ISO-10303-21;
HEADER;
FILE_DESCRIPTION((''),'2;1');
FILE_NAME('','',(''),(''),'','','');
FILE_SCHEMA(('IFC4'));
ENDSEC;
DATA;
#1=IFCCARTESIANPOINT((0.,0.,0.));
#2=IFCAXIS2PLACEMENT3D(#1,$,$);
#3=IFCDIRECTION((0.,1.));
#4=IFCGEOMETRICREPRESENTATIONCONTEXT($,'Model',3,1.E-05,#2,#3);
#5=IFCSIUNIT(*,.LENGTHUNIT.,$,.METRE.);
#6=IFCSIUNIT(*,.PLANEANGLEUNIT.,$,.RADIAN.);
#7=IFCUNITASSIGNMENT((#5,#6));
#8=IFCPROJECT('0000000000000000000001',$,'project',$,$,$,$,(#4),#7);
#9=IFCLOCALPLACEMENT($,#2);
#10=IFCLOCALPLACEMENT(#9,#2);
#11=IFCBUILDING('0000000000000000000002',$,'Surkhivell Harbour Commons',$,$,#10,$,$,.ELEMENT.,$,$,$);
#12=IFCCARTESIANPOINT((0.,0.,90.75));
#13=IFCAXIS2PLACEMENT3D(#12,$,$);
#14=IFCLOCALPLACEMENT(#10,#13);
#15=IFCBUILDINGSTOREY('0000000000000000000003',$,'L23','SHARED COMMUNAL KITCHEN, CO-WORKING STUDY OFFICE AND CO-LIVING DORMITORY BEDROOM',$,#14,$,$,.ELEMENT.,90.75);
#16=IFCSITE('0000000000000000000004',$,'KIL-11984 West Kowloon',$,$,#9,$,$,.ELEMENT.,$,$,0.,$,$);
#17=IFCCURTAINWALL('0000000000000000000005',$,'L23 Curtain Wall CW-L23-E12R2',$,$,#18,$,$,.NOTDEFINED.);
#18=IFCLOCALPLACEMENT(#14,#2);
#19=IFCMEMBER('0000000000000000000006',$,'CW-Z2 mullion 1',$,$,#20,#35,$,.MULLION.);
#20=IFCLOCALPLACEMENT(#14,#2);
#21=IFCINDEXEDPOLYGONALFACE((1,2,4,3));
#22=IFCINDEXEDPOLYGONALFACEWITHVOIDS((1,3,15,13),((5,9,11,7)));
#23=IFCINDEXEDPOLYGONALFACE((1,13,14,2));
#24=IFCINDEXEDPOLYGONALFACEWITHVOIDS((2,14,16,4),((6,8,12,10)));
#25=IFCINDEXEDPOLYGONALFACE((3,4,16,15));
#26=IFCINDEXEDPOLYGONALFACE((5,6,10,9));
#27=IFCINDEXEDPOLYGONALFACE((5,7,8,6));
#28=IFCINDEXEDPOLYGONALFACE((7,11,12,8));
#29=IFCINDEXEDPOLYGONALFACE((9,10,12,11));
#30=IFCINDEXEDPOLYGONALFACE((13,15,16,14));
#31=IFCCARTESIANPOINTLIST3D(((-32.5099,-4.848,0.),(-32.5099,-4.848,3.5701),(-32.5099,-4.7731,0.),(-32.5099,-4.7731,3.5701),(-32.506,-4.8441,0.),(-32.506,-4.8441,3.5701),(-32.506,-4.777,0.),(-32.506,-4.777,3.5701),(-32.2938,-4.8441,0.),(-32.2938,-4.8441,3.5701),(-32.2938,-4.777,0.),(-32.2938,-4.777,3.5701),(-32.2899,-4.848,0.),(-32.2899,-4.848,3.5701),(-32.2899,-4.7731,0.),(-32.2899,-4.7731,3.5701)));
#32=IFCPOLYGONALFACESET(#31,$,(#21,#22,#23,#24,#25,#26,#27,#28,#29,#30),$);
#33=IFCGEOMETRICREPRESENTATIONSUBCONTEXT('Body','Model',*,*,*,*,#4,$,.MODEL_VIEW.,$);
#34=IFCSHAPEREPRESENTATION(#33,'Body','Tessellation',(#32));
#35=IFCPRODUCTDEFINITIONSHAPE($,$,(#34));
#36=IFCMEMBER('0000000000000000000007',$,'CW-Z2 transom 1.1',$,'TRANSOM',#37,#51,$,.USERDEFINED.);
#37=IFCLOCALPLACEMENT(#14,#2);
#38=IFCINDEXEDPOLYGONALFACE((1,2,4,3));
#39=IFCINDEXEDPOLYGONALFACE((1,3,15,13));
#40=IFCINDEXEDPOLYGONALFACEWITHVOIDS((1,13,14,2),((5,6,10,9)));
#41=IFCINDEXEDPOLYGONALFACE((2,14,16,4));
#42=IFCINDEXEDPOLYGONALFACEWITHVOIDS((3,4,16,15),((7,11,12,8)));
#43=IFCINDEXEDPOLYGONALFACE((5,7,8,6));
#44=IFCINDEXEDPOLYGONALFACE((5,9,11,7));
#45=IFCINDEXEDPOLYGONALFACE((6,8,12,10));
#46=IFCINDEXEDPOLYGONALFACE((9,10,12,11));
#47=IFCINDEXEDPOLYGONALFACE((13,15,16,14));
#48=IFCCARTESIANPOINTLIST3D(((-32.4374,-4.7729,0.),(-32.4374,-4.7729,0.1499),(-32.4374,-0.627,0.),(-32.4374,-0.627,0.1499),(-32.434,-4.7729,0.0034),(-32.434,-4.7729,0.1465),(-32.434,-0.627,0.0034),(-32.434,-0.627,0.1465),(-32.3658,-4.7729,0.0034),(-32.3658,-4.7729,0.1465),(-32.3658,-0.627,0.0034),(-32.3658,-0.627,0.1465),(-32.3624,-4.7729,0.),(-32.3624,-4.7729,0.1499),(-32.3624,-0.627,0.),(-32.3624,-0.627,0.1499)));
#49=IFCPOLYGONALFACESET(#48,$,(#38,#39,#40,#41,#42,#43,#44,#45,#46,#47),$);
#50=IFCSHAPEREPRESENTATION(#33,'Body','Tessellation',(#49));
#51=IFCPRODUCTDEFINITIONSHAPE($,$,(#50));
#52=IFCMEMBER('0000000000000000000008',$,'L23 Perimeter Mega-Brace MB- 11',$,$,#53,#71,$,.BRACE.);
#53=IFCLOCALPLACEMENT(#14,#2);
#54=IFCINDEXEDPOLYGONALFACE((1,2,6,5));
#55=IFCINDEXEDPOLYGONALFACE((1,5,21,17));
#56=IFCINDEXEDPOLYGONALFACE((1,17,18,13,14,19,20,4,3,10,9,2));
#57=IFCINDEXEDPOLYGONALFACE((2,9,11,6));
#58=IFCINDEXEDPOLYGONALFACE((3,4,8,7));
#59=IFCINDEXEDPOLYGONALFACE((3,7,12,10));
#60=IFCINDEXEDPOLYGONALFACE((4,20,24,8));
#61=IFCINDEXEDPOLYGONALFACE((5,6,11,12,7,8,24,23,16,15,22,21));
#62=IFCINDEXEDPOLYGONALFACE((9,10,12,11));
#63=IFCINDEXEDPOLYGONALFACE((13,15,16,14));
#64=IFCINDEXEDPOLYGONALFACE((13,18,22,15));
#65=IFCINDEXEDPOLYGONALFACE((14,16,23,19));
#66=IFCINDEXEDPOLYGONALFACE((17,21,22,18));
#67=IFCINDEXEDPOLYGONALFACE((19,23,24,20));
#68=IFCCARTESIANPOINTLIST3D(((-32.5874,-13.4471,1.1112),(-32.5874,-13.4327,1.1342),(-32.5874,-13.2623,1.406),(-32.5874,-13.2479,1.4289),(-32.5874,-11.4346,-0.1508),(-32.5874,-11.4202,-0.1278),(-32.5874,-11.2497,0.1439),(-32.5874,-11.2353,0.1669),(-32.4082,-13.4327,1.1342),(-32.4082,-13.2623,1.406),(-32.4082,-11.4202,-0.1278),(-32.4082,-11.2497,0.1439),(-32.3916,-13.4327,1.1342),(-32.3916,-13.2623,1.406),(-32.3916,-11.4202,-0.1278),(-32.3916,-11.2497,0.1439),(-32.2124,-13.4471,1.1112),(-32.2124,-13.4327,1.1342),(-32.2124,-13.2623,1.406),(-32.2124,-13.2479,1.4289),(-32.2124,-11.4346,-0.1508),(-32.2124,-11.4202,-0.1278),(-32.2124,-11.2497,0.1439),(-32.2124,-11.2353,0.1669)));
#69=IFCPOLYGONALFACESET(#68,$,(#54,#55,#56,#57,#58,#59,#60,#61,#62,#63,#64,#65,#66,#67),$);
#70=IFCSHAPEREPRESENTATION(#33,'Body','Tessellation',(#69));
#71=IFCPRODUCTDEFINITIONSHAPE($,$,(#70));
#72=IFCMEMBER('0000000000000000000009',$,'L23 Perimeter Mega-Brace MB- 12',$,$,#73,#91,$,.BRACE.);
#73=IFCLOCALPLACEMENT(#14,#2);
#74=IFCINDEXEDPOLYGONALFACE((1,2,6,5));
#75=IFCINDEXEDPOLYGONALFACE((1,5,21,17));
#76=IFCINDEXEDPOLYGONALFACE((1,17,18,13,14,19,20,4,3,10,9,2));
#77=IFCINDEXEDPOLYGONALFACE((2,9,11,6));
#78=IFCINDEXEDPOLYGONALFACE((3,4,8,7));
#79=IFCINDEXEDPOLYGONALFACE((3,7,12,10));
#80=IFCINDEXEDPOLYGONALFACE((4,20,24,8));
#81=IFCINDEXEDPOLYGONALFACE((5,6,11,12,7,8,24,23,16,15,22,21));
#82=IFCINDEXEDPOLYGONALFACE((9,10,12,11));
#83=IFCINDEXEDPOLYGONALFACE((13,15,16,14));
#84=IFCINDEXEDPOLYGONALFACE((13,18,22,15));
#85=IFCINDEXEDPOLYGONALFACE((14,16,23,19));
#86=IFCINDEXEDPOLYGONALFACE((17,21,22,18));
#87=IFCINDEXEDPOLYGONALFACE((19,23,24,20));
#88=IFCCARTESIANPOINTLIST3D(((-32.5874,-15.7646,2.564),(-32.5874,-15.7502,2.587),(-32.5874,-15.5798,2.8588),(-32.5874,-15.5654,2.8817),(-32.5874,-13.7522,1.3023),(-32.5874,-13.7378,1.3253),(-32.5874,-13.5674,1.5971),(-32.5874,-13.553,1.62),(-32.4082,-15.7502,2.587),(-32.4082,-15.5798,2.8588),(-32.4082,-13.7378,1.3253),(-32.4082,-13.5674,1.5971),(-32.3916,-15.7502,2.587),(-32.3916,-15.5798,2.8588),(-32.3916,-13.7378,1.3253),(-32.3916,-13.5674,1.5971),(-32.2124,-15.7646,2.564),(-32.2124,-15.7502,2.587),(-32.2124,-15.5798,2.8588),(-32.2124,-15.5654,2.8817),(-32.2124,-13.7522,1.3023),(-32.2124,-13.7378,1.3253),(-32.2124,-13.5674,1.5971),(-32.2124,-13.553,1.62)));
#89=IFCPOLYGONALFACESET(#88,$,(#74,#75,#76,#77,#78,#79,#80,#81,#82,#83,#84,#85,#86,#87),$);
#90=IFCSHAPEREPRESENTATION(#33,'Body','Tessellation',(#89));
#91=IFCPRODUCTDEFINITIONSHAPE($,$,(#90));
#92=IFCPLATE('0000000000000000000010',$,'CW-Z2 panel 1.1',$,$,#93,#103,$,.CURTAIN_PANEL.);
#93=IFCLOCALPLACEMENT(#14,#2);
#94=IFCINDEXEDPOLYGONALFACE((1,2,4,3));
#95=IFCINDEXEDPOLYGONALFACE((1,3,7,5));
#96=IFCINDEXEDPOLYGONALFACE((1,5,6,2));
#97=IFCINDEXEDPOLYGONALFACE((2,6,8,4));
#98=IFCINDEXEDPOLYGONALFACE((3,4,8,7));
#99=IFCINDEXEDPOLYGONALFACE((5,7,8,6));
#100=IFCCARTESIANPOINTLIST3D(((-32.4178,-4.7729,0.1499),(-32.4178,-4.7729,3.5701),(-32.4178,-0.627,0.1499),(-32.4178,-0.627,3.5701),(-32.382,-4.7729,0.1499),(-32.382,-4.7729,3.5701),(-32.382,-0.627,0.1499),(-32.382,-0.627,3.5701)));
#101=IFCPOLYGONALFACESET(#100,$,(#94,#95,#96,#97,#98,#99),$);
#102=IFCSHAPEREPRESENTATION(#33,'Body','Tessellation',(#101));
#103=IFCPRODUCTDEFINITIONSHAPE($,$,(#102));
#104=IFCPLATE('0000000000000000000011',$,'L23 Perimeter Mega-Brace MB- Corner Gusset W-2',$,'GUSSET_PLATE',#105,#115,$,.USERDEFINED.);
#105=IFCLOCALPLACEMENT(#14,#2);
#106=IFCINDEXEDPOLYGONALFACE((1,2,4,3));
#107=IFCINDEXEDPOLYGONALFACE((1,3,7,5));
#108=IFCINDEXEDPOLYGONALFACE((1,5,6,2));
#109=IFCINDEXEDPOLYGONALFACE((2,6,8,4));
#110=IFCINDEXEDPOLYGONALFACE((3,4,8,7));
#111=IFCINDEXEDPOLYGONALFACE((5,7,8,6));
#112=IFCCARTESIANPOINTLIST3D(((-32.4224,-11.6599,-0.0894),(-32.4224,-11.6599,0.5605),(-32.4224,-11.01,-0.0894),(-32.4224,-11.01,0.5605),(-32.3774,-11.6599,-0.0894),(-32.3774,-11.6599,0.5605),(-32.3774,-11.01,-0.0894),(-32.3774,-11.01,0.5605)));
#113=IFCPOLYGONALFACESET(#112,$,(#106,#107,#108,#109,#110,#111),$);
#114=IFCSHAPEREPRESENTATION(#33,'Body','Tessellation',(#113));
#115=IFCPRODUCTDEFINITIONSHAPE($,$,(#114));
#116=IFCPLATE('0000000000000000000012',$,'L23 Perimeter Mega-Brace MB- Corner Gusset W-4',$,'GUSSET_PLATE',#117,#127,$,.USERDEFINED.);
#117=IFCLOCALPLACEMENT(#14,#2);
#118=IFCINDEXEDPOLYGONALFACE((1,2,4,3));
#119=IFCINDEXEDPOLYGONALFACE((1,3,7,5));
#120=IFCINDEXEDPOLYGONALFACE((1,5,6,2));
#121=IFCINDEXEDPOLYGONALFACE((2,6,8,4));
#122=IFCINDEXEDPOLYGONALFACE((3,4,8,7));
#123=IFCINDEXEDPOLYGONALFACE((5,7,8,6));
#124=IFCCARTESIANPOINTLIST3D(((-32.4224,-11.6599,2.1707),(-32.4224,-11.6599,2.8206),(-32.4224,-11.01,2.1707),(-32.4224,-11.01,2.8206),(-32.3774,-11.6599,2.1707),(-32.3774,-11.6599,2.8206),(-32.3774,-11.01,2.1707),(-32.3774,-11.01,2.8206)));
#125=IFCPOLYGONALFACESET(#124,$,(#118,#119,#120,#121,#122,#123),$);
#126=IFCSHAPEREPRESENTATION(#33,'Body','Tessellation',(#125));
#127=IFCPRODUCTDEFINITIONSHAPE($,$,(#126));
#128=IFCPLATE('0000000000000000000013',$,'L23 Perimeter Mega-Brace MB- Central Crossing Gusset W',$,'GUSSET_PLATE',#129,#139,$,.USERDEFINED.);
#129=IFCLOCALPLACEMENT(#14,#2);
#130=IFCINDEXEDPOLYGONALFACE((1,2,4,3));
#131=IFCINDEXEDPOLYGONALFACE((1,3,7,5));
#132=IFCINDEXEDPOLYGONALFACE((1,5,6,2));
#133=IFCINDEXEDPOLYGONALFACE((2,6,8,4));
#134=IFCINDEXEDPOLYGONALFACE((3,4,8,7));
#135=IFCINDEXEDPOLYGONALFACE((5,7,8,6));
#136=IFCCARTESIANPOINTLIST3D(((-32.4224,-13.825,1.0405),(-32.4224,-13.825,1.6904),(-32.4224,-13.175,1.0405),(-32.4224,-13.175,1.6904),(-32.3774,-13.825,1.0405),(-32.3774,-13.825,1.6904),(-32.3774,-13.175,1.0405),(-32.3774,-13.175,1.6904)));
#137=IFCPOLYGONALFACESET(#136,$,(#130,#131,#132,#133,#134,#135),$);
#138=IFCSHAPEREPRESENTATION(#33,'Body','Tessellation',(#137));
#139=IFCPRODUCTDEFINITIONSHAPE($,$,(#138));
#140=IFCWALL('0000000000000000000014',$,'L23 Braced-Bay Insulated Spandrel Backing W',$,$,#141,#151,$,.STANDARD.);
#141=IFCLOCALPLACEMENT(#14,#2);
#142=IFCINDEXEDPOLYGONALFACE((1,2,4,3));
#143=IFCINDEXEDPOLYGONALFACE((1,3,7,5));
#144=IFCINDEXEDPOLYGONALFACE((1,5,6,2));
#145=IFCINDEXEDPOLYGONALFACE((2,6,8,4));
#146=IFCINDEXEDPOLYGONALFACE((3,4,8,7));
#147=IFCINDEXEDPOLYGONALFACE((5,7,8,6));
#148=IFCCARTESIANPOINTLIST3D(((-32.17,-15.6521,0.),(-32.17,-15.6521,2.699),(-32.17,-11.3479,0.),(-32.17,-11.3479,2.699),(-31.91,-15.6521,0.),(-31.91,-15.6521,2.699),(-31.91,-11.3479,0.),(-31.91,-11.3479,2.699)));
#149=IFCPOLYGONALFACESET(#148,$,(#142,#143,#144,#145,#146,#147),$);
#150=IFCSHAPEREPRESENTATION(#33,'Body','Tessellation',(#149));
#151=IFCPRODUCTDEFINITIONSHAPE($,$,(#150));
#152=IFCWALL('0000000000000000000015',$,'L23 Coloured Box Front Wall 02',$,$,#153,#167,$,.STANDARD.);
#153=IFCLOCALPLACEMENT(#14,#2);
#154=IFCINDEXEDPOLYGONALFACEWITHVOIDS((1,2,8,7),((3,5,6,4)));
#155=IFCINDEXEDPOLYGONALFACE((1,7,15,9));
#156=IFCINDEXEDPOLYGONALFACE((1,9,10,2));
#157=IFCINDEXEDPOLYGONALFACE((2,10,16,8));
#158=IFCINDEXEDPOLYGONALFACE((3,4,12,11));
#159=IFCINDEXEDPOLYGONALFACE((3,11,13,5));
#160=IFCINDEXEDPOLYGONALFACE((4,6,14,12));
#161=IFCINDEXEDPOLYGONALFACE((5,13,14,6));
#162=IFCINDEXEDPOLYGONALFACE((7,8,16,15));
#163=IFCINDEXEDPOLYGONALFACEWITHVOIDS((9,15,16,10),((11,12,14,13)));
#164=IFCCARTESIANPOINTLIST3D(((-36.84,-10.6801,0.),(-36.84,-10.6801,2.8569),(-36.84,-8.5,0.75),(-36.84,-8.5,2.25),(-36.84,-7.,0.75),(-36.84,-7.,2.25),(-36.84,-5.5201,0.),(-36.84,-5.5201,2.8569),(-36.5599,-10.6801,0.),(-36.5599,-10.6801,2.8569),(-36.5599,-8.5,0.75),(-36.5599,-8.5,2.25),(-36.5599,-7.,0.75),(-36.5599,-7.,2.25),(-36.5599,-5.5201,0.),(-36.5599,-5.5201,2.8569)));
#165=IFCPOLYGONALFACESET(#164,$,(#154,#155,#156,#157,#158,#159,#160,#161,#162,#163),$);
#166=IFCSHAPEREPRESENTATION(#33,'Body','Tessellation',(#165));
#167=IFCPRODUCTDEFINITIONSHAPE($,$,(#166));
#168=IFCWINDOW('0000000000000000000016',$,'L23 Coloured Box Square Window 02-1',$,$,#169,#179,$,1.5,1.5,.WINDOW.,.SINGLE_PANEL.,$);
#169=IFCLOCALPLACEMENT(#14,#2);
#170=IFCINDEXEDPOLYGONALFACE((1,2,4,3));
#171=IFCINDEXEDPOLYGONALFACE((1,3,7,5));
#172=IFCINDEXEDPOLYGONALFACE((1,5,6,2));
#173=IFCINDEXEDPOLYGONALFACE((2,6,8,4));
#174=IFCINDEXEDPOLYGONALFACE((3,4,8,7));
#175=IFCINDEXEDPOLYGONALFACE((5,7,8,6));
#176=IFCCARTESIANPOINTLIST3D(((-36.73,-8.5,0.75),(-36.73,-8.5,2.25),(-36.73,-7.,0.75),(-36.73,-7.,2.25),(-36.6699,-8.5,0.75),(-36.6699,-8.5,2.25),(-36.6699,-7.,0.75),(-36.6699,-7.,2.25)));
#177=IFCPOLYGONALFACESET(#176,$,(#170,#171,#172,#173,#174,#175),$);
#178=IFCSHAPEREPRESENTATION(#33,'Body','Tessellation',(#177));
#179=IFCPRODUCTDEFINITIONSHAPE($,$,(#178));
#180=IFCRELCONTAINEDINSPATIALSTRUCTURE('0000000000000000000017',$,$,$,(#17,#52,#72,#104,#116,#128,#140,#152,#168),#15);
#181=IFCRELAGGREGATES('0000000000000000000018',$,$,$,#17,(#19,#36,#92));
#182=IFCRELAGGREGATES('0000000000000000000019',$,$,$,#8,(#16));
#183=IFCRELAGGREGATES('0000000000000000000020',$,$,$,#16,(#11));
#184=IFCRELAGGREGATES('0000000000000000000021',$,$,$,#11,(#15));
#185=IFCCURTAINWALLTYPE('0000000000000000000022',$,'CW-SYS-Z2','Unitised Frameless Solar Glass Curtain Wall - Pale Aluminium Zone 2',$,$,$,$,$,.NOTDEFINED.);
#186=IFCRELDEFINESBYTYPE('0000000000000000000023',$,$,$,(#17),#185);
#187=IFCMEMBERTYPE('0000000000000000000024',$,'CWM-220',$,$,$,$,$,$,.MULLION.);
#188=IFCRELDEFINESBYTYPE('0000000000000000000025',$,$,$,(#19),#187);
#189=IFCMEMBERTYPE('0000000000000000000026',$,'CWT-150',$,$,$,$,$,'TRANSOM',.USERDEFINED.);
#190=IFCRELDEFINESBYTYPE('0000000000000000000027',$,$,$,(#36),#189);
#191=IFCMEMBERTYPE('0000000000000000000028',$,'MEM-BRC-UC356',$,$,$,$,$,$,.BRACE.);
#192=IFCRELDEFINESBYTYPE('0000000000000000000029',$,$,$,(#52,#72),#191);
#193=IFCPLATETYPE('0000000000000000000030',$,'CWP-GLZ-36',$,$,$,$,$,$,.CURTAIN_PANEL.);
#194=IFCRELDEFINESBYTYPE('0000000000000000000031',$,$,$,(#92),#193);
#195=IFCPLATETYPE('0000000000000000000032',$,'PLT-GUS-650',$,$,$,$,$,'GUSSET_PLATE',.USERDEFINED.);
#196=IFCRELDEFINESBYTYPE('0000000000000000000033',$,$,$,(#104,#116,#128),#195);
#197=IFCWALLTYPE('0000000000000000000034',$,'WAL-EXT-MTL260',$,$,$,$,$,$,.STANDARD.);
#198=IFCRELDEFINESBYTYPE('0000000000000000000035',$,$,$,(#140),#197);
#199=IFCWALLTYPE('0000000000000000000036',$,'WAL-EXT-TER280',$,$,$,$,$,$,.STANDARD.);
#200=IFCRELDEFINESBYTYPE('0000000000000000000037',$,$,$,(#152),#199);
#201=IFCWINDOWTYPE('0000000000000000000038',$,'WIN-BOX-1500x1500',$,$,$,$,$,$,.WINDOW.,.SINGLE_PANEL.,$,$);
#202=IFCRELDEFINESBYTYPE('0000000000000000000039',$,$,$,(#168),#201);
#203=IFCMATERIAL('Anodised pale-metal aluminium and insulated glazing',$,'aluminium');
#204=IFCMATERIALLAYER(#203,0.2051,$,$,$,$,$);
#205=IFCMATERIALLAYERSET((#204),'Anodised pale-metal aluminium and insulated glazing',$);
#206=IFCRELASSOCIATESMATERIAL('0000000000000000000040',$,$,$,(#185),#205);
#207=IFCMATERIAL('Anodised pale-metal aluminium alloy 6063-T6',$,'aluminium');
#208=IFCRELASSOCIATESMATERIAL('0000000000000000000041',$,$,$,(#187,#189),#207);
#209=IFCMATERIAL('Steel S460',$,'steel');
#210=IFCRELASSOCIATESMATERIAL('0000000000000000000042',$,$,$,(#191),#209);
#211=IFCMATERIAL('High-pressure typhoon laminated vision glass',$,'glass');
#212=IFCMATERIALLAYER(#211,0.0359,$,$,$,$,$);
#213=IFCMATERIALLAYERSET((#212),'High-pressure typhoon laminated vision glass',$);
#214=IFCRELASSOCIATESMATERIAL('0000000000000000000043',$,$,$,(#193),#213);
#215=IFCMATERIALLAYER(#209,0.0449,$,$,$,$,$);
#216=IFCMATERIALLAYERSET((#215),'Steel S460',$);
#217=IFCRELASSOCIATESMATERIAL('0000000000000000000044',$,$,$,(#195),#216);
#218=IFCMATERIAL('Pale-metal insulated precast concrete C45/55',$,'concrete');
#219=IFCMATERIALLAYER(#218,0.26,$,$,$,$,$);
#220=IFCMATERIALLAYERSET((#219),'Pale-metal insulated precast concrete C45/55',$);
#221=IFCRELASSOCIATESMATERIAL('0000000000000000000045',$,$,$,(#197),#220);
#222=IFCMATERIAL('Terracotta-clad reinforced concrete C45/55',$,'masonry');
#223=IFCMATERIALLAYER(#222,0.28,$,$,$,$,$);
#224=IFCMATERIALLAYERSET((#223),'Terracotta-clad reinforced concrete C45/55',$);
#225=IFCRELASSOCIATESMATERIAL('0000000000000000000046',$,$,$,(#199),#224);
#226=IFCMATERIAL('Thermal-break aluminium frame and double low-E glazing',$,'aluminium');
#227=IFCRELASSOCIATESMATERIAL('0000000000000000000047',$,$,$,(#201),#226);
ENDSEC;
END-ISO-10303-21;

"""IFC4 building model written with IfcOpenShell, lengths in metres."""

from ifc_helpers import new_model, si_unit, direction, frame, frame_2d, origin, origin_2d, place, context, subcontext, project, spatial, rectangle, hollow_rectangle, i_section, extrude, material, layer, layer_set, material_profile, profile_set, type_object, element, fill, aggregate, save


model = new_model("IFC4")

# Units and contexts
model_context = context("Model", 3, precision=1e-05, world=origin(), true_north=direction((0.0, 1.0)))
body_context = subcontext(model_context, "Body", "Model", "MODEL_VIEW")
ifc_project = project(units=[si_unit("LENGTHUNIT", "METRE"), si_unit("PLANEANGLEUNIT", "RADIAN")], contexts=[model_context])

# Site, building, storey
site_placement = place(None, origin())
site = spatial("IfcSite", under=ifc_project, at=site_placement, Name="KIL-11984 West Kowloon", CompositionType="ELEMENT", RefElevation=0.0)
building_placement = place(site_placement, origin())
building = spatial("IfcBuilding", under=site, at=building_placement, Name="Surkhivell Harbour Commons", CompositionType="ELEMENT")
storey_placement = place(building_placement, frame((0.0, 0.0, 90.75)))
storey = spatial("IfcBuildingStorey", under=building, at=storey_placement, Name="L23", Description="SHARED COMMUNAL KITCHEN, CO-WORKING STUDY OFFICE AND CO-LIVING DORMITORY BEDROOM", CompositionType="ELEMENT", Elevation=90.75)

# Shared definitions
ifc_material_1 = material(Name="Steel S460", Category="steel")

# Curtain wall, members
ifc_material_2 = material(Name="Anodised pale-metal aluminium and insulated glazing", Category="aluminium")
ifc_layer_1 = layer(ifc_material_2, 0.2051)
ifc_layer_set_1 = layer_set([ifc_layer_1], Name="Anodised pale-metal aluminium and insulated glazing")
curtain_wall_type = type_object("IfcCurtainWallType", Name="CW-SYS-Z2", Description="Unitised Frameless Solar Glass Curtain Wall - Pale Aluminium Zone 2", PredefinedType="NOTDEFINED", material=ifc_layer_set_1)
curtain_wall_placement = place(storey_placement, origin())
curtain_wall = element("IfcCurtainWall", 1, at=curtain_wall_placement, inside=storey, type_object=curtain_wall_type, Name="L23 Curtain Wall CW-L23-E12R2", PredefinedType="NOTDEFINED")
ifc_material_3 = material(Name="Anodised pale-metal aluminium alloy 6063-T6", Category="aluminium")
ifc_material_profile_1 = material_profile(ifc_material_3, hollow_rectangle(XDim=0.075, YDim=0.22, WallThickness=0.0039, at=origin_2d()), Name="ALU-MULL-75x220")
ifc_profile_set_1 = profile_set([ifc_material_profile_1], Name="Anodised pale-metal aluminium alloy 6063-T6")
member_type_1 = type_object("IfcMemberType", Name="CWM-220", PredefinedType="MULLION", material=ifc_profile_set_1)
member_1_placement = place(storey_placement, frame((-32.3999, -4.8105, 0.0), z_axis=(0.0, 0.0, 1.0), x_axis=(0.0, 1.0, 0.0)))
member_1 = element("IfcMember", 2, at=member_1_placement, type_object=member_type_1, Name="CW-Z2 mullion 1", PredefinedType="MULLION", context=body_context, shape_type="SweptSolid", body=[
    extrude(hollow_rectangle(XDim=0.075, YDim=0.22, WallThickness=0.0039, at=origin_2d()), origin(), (0.0, 0.0, 1.0), 3.5701),
])
ifc_material_profile_2 = material_profile(ifc_material_3, hollow_rectangle(XDim=0.075, YDim=0.1499, WallThickness=0.0034, at=origin_2d()), Name="ALU-TRAN-75x150")
ifc_profile_set_2 = profile_set([ifc_material_profile_2], Name="Anodised pale-metal aluminium alloy 6063-T6")
member_type_2 = type_object("IfcMemberType", Name="CWT-150", ElementType="TRANSOM", PredefinedType="USERDEFINED", material=ifc_profile_set_2)
member_2_placement = place(storey_placement, frame((-32.3999, -4.7729, 0.075), z_axis=(0.0, 1.0, 0.0), x_axis=(-1.0, 0.0, 0.0)))
member_2 = element("IfcMember", 3, at=member_2_placement, type_object=member_type_2, Name="CW-Z2 transom 1.1", ObjectType="TRANSOM", PredefinedType="USERDEFINED", context=body_context, shape_type="SweptSolid", body=[
    extrude(hollow_rectangle(XDim=0.075, YDim=0.1499, WallThickness=0.0034, at=origin_2d()), origin(), (0.0, 0.0, 1.0), 4.146),
])

# Members
ifc_material_profile_3 = material_profile(ifc_material_1, i_section(OverallWidth=0.375, OverallDepth=0.375, WebThickness=0.0166, FlangeThickness=0.0271, at=origin_2d()), Name="UC356x368x202")
ifc_profile_set_3 = profile_set([ifc_material_profile_3], Name="Steel S460")
member_type_3 = type_object("IfcMemberType", Name="MEM-BRC-UC356", PredefinedType="BRACE", material=ifc_profile_set_3)
member_3_placement = place(storey_placement, frame((-32.3999, -11.335, 0.0081), z_axis=(0.0, -0.847206, 0.531264), x_axis=(1.0, 0.0, 0.0)))
element("IfcMember", 4, at=member_3_placement, inside=storey, type_object=member_type_3, Name="L23 Perimeter Mega-Brace MB- 11", PredefinedType="BRACE", context=body_context, shape_type="SweptSolid", body=[
    extrude(i_section(OverallWidth=0.375, OverallDepth=0.375, WebThickness=0.0166, FlangeThickness=0.0271, at=origin_2d()), origin(), (0.0, 0.0, 1.0), 2.3755),
])
member_4_placement = place(storey_placement, frame((-32.3999, -13.6526, 1.4612), z_axis=(0.0, -0.847253, 0.53119), x_axis=(1.0, 0.0, 0.0)))
element("IfcMember", 5, at=member_4_placement, inside=storey, type_object=member_type_3, Name="L23 Perimeter Mega-Brace MB- 12", PredefinedType="BRACE", context=body_context, shape_type="SweptSolid", body=[
    extrude(i_section(OverallWidth=0.375, OverallDepth=0.375, WebThickness=0.0166, FlangeThickness=0.0271, at=origin_2d()), origin(), (0.0, 0.0, 1.0), 2.3752),
])

# Plate
ifc_material_4 = material(Name="High-pressure typhoon laminated vision glass", Category="glass")
ifc_layer_2 = layer(ifc_material_4, 0.0359)
ifc_layer_set_2 = layer_set([ifc_layer_2], Name="High-pressure typhoon laminated vision glass")
plate_type_1 = type_object("IfcPlateType", Name="CWP-GLZ-36", PredefinedType="CURTAIN_PANEL", material=ifc_layer_set_2)
plate_placement = place(storey_placement, frame((-32.3999, -4.7729, 0.1499), z_axis=(0.0, 0.0, 1.0), x_axis=(0.0, 1.0, 0.0)))
plate = element("IfcPlate", 6, at=plate_placement, type_object=plate_type_1, Name="CW-Z2 panel 1.1", PredefinedType="CURTAIN_PANEL", context=body_context, shape_type="SweptSolid", body=[
    extrude(rectangle(XDim=4.146, YDim=0.0359, at=frame_2d((2.073, 0.0))), origin(), (0.0, 0.0, 1.0), 3.4202),
])
aggregate(curtain_wall, [member_1, member_2, plate])

# Plates
ifc_layer_3 = layer(ifc_material_1, 0.0449)
ifc_layer_set_3 = layer_set([ifc_layer_3], Name="Steel S460")
plate_type_2 = type_object("IfcPlateType", Name="PLT-GUS-650", ElementType="GUSSET_PLATE", PredefinedType="USERDEFINED", material=ifc_layer_set_3)
for number, where, z_axis, x_axis, name in (
    (7, (-32.3999, -11.335, -0.0894), (0.0, 0.0, 1.0), (0.0, 1.0, 0.0), "L23 Perimeter Mega-Brace MB- Corner Gusset W-2"),
    (8, (-32.3999, -11.335, 2.1707), (0.0, 0.0, 1.0), (0.0, 1.0, 0.0), "L23 Perimeter Mega-Brace MB- Corner Gusset W-4"),
    (9, (-32.3999, -13.5, 1.0405), (0.0, 0.0, 1.0), (0.0, 1.0, 0.0), "L23 Perimeter Mega-Brace MB- Central Crossing Gusset W"),
):
    element("IfcPlate", number, at=place(storey_placement, frame(where, z_axis=z_axis, x_axis=x_axis)), inside=storey, type_object=plate_type_2, Name=name, ObjectType="GUSSET_PLATE", PredefinedType="USERDEFINED", context=body_context, shape_type="SweptSolid", body=[
        extrude(rectangle(XDim=0.6499, YDim=0.0449, at=origin_2d()), origin(), (0.0, 0.0, 1.0), 0.6499),
    ])

# Wall
ifc_material_5 = material(Name="Pale-metal insulated precast concrete C45/55", Category="concrete")
ifc_layer_4 = layer(ifc_material_5, 0.26)
ifc_layer_set_4 = layer_set([ifc_layer_4], Name="Pale-metal insulated precast concrete C45/55")
wall_type_1 = type_object("IfcWallType", Name="WAL-EXT-MTL260", PredefinedType="STANDARD", material=ifc_layer_set_4)
wall_1_placement = place(storey_placement, frame((-32.04, -15.6521, 0.0), z_axis=(0.0, 0.0, 1.0), x_axis=(0.0, 1.0, 0.0)))
element("IfcWall", 10, at=wall_1_placement, inside=storey, type_object=wall_type_1, Name="L23 Braced-Bay Insulated Spandrel Backing W", PredefinedType="STANDARD", context=body_context, shape_type="SweptSolid", body=[
    extrude(rectangle(XDim=4.3042, YDim=0.26, at=frame_2d((2.1521, 0.0))), origin(), (0.0, 0.0, 1.0), 2.699),
])

# Wall, opening, window
ifc_material_6 = material(Name="Terracotta-clad reinforced concrete C45/55", Category="masonry")
ifc_layer_5 = layer(ifc_material_6, 0.28)
ifc_layer_set_5 = layer_set([ifc_layer_5], Name="Terracotta-clad reinforced concrete C45/55")
wall_type_2 = type_object("IfcWallType", Name="WAL-EXT-TER280", PredefinedType="STANDARD", material=ifc_layer_set_5)
wall_2_placement = place(storey_placement, frame((-36.7, -5.52, 0.0), z_axis=(0.0, 0.0, 1.0), x_axis=(0.0, -1.0, 0.0)))
wall_2 = element("IfcWall", 11, at=wall_2_placement, inside=storey, type_object=wall_type_2, Name="L23 Coloured Box Front Wall 02", PredefinedType="STANDARD", context=body_context, shape_type="SweptSolid", body=[
    extrude(rectangle(XDim=5.1599, YDim=0.28, at=frame_2d((2.5801, 0.0))), origin(), (0.0, 0.0, 1.0), 2.8569),
])
opening_1_placement = place(wall_2_placement, frame((1.48, 0.0, 0.75)))
opening_1 = element("IfcOpeningElement", 12, at=opening_1_placement, cuts=wall_2, PredefinedType="OPENING", context=body_context, shape_type="SweptSolid", body=[
    extrude(rectangle(XDim=1.5, YDim=1.5, at=frame_2d((0.75, 0.75))), frame((0.0, 0.1499, 0.0), z_axis=(0.0, -1.0, 0.0), x_axis=(1.0, 0.0, 0.0)), (0.0, 0.0, 1.0), 0.3),
])
ifc_material_7 = material(Name="Thermal-break aluminium frame and double low-E glazing", Category="aluminium")
window_type_1 = type_object("IfcWindowType", Name="WIN-BOX-1500x1500", PartitioningType="SINGLE_PANEL", PredefinedType="WINDOW", material=ifc_material_7)
window_1_placement = place(opening_1_placement, origin())
window_1 = element("IfcWindow", 13, at=window_1_placement, inside=storey, type_object=window_type_1, Name="L23 Coloured Box Square Window 02-1", OverallHeight=1.5, OverallWidth=1.5, PartitioningType="SINGLE_PANEL", PredefinedType="WINDOW", context=body_context, shape_type="SweptSolid", body=[
    extrude(rectangle(XDim=1.5, YDim=1.5, at=frame_2d((0.75, 0.75))), frame((0.0, 0.03, 0.0), z_axis=(0.0, -1.0, 0.0), x_axis=(1.0, 0.0, 0.0)), (0.0, 0.0, 1.0), 0.0601),
])
fill(opening_1, window_1)

save(model, "model.ifc")
